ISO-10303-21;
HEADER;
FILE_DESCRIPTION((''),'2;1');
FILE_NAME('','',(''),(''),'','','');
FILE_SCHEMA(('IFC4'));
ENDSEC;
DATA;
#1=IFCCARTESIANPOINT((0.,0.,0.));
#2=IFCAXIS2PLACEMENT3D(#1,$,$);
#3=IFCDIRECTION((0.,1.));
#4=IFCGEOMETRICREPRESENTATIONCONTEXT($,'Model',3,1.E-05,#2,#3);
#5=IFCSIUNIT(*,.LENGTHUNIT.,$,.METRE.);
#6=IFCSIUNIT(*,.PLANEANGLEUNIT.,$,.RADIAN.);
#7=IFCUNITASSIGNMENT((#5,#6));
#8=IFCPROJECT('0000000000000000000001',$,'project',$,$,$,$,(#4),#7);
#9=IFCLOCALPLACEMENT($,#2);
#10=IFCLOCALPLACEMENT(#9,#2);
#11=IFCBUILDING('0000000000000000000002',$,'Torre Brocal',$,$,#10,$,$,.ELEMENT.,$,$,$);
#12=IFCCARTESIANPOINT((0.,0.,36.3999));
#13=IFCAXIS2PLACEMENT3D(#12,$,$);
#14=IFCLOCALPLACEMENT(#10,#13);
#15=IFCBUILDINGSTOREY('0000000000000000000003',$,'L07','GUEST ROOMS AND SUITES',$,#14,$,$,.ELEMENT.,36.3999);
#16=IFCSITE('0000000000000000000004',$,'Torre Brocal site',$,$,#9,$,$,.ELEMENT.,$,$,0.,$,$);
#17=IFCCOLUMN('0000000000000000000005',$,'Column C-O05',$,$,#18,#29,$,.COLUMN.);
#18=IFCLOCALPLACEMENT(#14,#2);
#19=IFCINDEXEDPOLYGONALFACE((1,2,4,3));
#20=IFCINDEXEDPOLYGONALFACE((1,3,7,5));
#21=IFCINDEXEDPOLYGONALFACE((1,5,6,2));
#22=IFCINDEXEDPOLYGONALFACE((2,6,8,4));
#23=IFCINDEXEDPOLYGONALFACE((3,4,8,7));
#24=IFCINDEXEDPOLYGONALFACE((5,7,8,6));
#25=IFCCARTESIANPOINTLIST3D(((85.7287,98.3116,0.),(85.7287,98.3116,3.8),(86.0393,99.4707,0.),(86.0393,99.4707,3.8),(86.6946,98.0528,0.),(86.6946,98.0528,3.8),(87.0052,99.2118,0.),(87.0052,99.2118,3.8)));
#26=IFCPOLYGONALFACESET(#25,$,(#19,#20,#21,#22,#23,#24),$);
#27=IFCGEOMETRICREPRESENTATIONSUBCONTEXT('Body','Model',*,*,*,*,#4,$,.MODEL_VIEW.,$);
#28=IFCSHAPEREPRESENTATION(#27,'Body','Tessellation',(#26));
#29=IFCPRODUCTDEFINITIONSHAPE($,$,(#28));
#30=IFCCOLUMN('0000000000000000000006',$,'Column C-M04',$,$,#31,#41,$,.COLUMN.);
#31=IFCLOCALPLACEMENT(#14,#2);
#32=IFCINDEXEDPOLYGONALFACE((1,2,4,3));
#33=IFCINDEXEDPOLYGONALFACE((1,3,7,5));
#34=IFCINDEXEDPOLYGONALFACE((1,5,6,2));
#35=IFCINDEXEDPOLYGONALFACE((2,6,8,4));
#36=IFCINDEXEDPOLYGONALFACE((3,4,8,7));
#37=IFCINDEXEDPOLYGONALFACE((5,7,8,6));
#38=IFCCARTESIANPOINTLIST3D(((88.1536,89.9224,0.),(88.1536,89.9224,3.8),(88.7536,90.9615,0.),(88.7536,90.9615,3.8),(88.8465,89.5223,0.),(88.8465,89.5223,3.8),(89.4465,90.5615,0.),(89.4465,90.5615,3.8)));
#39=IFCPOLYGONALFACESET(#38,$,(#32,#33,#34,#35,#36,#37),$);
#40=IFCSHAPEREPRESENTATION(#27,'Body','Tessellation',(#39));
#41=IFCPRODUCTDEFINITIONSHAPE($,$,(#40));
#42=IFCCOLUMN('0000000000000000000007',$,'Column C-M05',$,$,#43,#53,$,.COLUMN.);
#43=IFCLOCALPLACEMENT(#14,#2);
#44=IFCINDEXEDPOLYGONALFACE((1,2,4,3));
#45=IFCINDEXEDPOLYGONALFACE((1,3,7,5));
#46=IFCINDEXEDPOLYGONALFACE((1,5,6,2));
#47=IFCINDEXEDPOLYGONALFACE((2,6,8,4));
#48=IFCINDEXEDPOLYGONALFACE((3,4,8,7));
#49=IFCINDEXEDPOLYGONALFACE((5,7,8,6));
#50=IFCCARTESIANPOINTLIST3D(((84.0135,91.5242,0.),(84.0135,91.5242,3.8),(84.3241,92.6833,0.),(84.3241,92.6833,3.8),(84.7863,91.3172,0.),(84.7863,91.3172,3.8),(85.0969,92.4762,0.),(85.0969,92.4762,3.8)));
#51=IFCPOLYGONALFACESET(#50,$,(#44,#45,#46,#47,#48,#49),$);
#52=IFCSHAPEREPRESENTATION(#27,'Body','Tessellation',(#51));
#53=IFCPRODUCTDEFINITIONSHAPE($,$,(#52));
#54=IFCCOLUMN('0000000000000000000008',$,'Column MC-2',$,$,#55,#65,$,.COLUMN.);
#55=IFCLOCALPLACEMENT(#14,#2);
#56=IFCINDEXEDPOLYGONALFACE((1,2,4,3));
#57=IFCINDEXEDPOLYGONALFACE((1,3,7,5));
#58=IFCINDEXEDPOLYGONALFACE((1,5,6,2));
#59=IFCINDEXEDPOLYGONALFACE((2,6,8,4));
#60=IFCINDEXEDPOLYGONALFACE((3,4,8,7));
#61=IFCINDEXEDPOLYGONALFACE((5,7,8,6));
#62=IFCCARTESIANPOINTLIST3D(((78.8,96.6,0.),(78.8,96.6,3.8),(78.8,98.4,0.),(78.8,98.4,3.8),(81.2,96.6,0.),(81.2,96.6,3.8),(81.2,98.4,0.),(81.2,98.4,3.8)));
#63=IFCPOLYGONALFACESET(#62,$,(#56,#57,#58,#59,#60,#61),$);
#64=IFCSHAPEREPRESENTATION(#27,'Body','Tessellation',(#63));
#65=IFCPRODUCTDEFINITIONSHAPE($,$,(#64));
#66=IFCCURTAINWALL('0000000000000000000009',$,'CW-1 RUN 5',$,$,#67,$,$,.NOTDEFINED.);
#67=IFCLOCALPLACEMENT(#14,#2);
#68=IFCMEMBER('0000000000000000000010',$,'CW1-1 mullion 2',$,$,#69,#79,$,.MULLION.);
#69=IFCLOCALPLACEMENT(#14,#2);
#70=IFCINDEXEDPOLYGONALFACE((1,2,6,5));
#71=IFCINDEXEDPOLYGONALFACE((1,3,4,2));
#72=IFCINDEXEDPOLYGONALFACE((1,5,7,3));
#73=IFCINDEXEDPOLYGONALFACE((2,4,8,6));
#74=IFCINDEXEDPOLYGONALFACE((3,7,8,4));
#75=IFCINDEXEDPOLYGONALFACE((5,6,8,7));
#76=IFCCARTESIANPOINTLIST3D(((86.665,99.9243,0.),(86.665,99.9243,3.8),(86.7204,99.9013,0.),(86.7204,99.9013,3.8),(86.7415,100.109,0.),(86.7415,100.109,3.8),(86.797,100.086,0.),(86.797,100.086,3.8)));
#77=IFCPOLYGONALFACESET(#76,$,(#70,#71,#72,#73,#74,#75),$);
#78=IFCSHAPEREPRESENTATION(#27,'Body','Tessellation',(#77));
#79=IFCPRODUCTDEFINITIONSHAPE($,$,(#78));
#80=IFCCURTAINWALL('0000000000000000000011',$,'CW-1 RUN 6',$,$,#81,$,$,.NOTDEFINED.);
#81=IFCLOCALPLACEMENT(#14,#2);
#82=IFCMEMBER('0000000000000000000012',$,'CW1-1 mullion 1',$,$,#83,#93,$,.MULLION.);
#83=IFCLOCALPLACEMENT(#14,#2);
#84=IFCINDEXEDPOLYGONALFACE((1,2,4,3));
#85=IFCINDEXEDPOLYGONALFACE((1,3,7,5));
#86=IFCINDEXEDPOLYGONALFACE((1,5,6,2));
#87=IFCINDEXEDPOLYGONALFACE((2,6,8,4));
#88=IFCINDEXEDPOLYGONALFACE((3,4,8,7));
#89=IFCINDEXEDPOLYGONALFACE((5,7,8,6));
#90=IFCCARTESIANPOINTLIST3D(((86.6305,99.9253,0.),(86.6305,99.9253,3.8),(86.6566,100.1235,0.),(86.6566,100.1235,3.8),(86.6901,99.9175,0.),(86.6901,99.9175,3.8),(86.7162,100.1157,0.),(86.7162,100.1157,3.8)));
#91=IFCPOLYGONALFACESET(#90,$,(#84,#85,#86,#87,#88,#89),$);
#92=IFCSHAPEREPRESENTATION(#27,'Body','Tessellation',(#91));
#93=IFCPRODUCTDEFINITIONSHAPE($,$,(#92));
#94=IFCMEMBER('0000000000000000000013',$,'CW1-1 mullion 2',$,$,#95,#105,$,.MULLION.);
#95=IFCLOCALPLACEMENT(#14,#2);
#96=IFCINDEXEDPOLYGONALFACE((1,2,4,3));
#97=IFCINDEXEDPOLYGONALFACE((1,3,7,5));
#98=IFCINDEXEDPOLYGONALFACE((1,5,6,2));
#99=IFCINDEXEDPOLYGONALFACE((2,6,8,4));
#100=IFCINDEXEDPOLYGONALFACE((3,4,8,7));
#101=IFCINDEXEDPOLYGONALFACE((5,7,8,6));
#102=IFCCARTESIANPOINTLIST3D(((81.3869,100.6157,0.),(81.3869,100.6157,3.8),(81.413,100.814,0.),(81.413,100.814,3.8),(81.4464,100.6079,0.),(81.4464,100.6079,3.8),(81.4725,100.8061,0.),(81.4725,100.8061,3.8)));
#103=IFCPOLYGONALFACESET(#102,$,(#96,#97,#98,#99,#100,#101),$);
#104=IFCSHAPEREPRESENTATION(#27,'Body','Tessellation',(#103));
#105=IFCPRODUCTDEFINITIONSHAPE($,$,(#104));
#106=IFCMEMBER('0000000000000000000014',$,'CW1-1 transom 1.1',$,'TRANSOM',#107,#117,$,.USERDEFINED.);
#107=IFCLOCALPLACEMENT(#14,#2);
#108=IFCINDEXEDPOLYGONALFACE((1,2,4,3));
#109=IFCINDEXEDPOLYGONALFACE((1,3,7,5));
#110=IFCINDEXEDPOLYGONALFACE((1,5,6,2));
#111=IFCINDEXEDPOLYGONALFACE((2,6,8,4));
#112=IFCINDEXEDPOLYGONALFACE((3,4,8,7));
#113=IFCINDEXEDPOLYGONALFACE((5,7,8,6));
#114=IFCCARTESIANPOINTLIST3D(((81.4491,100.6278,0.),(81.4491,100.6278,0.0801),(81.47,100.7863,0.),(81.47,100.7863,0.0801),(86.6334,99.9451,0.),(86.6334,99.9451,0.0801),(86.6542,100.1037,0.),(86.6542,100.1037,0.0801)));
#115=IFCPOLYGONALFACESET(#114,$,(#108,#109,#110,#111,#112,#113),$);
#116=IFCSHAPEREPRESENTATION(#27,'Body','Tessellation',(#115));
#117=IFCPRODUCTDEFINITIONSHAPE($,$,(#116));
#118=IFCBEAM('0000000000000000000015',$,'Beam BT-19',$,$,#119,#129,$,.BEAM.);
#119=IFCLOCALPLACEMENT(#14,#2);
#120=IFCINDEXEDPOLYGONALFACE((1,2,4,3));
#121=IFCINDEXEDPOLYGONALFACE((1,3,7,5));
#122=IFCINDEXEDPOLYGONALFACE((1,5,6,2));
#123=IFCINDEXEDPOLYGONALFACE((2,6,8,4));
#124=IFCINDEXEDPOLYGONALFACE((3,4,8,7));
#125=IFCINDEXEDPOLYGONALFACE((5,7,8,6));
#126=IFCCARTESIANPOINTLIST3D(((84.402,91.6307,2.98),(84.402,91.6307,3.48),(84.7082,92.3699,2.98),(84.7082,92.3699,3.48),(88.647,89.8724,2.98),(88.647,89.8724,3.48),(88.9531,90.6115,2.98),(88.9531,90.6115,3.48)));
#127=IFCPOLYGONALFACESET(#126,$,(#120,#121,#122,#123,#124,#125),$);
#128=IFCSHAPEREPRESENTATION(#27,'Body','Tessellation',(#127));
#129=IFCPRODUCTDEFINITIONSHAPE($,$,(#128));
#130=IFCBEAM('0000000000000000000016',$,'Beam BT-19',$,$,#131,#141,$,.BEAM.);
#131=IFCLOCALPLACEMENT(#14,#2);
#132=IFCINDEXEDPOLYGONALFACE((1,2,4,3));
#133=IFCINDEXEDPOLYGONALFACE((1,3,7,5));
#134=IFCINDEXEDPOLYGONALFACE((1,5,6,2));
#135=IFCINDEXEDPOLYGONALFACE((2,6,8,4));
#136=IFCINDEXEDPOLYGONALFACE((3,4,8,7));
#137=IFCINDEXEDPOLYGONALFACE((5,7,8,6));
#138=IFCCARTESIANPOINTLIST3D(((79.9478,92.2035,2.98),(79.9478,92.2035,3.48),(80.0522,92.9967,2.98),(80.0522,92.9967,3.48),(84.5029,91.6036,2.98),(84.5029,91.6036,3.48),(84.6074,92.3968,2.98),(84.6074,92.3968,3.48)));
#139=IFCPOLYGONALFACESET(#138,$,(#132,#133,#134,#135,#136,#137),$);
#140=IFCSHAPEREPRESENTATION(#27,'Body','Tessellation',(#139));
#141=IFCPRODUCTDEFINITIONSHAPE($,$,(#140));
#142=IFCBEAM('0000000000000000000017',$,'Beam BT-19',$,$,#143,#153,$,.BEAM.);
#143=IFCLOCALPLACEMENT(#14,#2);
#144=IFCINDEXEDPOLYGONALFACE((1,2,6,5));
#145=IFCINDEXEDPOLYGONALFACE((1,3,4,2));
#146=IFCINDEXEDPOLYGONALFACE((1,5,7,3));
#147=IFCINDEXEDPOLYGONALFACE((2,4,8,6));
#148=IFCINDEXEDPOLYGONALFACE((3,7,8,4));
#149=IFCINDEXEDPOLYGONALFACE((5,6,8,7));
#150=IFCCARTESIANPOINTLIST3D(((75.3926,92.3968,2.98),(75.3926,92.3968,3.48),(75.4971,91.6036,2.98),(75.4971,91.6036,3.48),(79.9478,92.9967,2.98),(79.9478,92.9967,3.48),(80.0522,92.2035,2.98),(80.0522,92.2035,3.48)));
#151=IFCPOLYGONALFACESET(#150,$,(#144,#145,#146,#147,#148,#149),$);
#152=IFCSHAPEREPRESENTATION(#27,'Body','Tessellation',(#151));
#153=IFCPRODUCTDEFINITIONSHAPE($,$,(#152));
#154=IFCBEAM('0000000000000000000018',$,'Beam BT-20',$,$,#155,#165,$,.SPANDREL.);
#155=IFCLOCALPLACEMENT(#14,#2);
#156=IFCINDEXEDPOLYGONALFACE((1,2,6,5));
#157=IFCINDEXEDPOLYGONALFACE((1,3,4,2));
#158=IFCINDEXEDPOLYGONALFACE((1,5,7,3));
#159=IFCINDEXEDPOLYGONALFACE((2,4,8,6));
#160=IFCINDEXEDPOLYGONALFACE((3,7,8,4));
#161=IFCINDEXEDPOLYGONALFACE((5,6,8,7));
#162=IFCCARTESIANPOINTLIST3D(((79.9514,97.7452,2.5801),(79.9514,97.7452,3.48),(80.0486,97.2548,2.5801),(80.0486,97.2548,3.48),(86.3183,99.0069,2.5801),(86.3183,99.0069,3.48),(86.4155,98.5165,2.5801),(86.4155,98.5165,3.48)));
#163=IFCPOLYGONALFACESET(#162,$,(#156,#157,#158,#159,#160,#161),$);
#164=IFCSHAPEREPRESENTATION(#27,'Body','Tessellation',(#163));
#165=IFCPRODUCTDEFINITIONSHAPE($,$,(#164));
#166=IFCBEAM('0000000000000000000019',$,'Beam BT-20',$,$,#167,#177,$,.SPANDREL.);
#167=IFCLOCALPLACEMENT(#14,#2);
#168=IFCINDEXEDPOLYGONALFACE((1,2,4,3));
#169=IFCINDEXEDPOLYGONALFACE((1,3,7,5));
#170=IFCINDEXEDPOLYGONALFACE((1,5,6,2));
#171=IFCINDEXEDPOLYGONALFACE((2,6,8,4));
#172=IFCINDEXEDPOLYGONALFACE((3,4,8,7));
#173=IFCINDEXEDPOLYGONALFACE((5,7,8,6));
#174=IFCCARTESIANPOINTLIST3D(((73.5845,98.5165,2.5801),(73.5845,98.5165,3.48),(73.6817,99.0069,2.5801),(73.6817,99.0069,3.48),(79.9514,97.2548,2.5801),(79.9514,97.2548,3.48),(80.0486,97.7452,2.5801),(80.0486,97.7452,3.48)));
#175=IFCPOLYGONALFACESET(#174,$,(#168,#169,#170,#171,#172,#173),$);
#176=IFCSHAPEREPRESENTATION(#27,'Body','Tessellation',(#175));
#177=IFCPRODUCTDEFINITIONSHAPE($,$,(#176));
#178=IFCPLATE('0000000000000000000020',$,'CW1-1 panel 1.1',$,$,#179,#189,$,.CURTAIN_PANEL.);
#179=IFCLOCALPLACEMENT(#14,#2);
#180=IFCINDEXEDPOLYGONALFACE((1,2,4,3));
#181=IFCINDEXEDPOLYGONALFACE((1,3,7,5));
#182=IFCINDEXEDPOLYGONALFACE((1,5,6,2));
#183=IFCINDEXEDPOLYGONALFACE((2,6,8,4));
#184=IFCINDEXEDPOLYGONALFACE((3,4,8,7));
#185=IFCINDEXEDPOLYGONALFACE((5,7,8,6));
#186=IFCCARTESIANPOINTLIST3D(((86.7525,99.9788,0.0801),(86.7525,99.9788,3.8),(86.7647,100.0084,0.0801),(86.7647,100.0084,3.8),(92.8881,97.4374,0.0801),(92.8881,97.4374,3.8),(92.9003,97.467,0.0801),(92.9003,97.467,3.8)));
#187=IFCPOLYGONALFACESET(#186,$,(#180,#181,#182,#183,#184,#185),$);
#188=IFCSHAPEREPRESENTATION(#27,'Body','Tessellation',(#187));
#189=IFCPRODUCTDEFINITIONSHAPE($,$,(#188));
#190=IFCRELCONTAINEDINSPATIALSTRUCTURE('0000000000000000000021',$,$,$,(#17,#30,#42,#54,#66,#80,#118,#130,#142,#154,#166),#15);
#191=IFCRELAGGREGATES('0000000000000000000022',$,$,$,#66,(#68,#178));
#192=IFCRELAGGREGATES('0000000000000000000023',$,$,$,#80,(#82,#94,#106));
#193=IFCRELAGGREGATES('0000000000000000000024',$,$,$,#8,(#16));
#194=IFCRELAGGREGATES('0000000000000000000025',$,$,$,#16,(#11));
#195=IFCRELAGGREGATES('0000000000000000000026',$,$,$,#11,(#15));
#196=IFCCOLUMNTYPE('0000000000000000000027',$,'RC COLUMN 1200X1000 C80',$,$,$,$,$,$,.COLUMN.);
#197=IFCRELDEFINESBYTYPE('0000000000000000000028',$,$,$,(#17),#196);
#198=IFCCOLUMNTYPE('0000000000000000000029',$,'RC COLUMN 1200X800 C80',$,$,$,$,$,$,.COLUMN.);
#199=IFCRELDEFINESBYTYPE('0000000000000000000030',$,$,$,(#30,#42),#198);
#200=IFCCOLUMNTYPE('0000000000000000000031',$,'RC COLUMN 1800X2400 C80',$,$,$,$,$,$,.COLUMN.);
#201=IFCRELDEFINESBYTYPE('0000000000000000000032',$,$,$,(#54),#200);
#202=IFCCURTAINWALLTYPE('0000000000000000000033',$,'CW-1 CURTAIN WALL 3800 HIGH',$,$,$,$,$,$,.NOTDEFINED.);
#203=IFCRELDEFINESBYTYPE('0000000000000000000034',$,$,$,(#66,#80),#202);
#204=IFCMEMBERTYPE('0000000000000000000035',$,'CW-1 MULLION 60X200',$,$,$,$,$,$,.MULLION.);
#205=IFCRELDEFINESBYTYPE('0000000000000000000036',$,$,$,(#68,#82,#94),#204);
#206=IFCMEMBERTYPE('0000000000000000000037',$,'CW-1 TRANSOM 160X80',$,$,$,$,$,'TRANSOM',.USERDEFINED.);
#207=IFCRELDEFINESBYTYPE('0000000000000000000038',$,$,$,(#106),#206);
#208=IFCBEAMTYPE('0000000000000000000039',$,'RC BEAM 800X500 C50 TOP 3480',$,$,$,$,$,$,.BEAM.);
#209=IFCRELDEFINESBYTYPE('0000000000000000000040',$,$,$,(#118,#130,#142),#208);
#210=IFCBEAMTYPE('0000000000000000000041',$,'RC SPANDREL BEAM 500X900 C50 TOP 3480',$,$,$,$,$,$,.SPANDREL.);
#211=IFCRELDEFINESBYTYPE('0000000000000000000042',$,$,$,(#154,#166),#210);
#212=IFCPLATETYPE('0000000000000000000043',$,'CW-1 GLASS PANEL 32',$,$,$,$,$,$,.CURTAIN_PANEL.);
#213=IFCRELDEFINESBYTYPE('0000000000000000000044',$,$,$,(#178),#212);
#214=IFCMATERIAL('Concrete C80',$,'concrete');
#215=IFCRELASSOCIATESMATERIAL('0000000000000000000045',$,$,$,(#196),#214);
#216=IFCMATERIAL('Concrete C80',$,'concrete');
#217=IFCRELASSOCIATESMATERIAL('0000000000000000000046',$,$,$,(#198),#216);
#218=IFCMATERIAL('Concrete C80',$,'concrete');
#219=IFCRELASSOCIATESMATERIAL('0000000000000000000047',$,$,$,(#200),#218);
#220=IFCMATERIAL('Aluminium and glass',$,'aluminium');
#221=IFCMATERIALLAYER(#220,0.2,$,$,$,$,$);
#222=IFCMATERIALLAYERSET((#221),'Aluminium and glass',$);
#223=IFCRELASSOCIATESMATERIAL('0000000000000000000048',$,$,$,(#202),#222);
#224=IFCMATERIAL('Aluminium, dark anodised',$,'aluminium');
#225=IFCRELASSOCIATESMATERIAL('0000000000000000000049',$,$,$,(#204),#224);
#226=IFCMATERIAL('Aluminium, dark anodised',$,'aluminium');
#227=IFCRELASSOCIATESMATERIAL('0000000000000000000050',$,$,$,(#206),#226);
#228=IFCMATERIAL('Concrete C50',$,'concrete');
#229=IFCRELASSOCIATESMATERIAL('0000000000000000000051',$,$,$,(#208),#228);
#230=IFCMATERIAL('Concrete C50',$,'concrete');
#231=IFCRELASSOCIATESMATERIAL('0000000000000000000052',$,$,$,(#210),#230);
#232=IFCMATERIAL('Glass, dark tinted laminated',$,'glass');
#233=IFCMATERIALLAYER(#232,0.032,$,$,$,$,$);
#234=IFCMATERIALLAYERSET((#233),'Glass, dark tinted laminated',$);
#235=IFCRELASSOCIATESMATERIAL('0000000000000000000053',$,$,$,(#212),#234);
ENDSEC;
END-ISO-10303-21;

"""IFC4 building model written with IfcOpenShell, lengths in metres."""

from ifc_helpers import new_model, si_unit, direction, frame, origin, origin_2d, place, context, subcontext, project, spatial, rectangle, extrude, material, layer, layer_set, material_profile, profile_set, type_object, element, aggregate, save


model = new_model("IFC4")

# Units and contexts
model_context = context("Model", 3, precision=1e-05, world=origin(), true_north=direction((0.0, 1.0)))
body_context = subcontext(model_context, "Body", "Model", "MODEL_VIEW")
ifc_project = project(units=[si_unit("LENGTHUNIT", "METRE"), si_unit("PLANEANGLEUNIT", "RADIAN")], contexts=[model_context])

# Site, building, storey
site_placement = place(None, origin())
site = spatial("IfcSite", under=ifc_project, at=site_placement, Name="Torre Brocal site", CompositionType="ELEMENT", RefElevation=0.0)
building_placement = place(site_placement, origin())
building = spatial("IfcBuilding", under=site, at=building_placement, Name="Torre Brocal", CompositionType="ELEMENT")
storey_placement = place(building_placement, frame((0.0, 0.0, 36.3999)))
storey = spatial("IfcBuildingStorey", under=building, at=storey_placement, Name="L07", Description="GUEST ROOMS AND SUITES", CompositionType="ELEMENT", Elevation=36.3999)

# Columns
ifc_material_1 = material(Name="Concrete C80", Category="concrete")
ifc_material_profile_1 = material_profile(ifc_material_1, rectangle(XDim=1.2, YDim=1.0, at=origin_2d()), Name="RC 1200X1000")
ifc_profile_set_1 = profile_set([ifc_material_profile_1], Name="Concrete C80")
column_type_1 = type_object("IfcColumnType", Name="RC COLUMN 1200X1000 C80", PredefinedType="COLUMN", material=ifc_profile_set_1)
column_1_placement = place(storey_placement, frame((86.3669, 98.7617, 0.0), z_axis=(0.0, 0.0, 1.0), x_axis=(0.258819, 0.965926, 0.0)))
element("IfcColumn", 1, at=column_1_placement, inside=storey, type_object=column_type_1, Name="Column C-O05", PredefinedType="COLUMN", context=body_context, shape_type="SweptSolid", body=[
    extrude(rectangle(XDim=1.2, YDim=1.0, at=origin_2d()), origin(), (0.0, 0.0, 1.0), 3.8),
])
ifc_material_2 = material(Name="Concrete C80", Category="concrete")
ifc_material_profile_2 = material_profile(ifc_material_2, rectangle(XDim=1.2, YDim=0.8, at=origin_2d()), Name="RC 1200X800")
ifc_profile_set_2 = profile_set([ifc_material_profile_2], Name="Concrete C80")
column_type_2 = type_object("IfcColumnType", Name="RC COLUMN 1200X800 C80", PredefinedType="COLUMN", material=ifc_profile_set_2)
for number, where, z_axis, x_axis, name in (
    (2, (88.8, 90.2419, 0.0), (0.0, 0.0, 1.0), (0.5, 0.866025, 0.0), "Column C-M04"),
    (3, (84.5552, 92.0002, 0.0), (0.0, 0.0, 1.0), (0.258819, 0.965926, 0.0), "Column C-M05"),
):
    element("IfcColumn", number, at=place(storey_placement, frame(where, z_axis=z_axis, x_axis=x_axis)), inside=storey, type_object=column_type_2, Name=name, PredefinedType="COLUMN", context=body_context, shape_type="SweptSolid", body=[
        extrude(rectangle(XDim=1.2, YDim=0.8, at=origin_2d()), origin(), (0.0, 0.0, 1.0), 3.8),
    ])
ifc_material_3 = material(Name="Concrete C80", Category="concrete")
ifc_material_profile_3 = material_profile(ifc_material_3, rectangle(XDim=1.8, YDim=2.3999, at=origin_2d()), Name="RC 1800X2400")
ifc_profile_set_3 = profile_set([ifc_material_profile_3], Name="Concrete C80")
column_type_3 = type_object("IfcColumnType", Name="RC COLUMN 1800X2400 C80", PredefinedType="COLUMN", material=ifc_profile_set_3)
column_2_placement = place(storey_placement, frame((80.0, 97.5, 0.0), z_axis=(0.0, 0.0, 1.0), x_axis=(0.0, 1.0, 0.0)))
element("IfcColumn", 4, at=column_2_placement, inside=storey, type_object=column_type_3, Name="Column MC-2", PredefinedType="COLUMN", context=body_context, shape_type="SweptSolid", body=[
    extrude(rectangle(XDim=1.8, YDim=2.3999, at=origin_2d()), origin(), (0.0, 0.0, 1.0), 3.8),
])

# Curtain wall, member
ifc_material_4 = material(Name="Aluminium and glass", Category="aluminium")
ifc_layer_1 = layer(ifc_material_4, 0.2)
ifc_layer_set_1 = layer_set([ifc_layer_1], Name="Aluminium and glass")
curtain_wall_type = type_object("IfcCurtainWallType", Name="CW-1 CURTAIN WALL 3800 HIGH", PredefinedType="NOTDEFINED", material=ifc_layer_set_1)
curtain_wall_1_placement = place(storey_placement, origin())
curtain_wall_1 = element("IfcCurtainWall", 5, at=curtain_wall_1_placement, inside=storey, type_object=curtain_wall_type, Name="CW-1 RUN 5", PredefinedType="NOTDEFINED")
ifc_material_5 = material(Name="Aluminium, dark anodised", Category="aluminium")
ifc_material_profile_4 = material_profile(ifc_material_5, rectangle(XDim=0.2, YDim=0.0601, at=origin_2d()), Name="CW-1 MULLION 60X200")
ifc_profile_set_4 = profile_set([ifc_material_profile_4], Name="Aluminium, dark anodised")
member_type_1 = type_object("IfcMemberType", Name="CW-1 MULLION 60X200", PredefinedType="MULLION", material=ifc_profile_set_4)
member_1_placement = place(storey_placement, frame((86.731, 100.0051, 0.0), z_axis=(0.0, 0.0, 1.0), x_axis=(-0.382683, -0.92388, 0.0)))
member_1 = element("IfcMember", 6, at=member_1_placement, type_object=member_type_1, Name="CW1-1 mullion 2", PredefinedType="MULLION", context=body_context, shape_type="SweptSolid", body=[
    extrude(rectangle(XDim=0.2, YDim=0.0601, at=origin_2d()), origin(), (0.0, 0.0, 1.0), 3.8),
])

# Curtain wall, members
curtain_wall_2_placement = place(storey_placement, origin())
curtain_wall_2 = element("IfcCurtainWall", 7, at=curtain_wall_2_placement, inside=storey, type_object=curtain_wall_type, Name="CW-1 RUN 6", PredefinedType="NOTDEFINED")
member_2_placement = place(storey_placement, frame((86.6733, 100.0205, 0.0), z_axis=(0.0, 0.0, 1.0), x_axis=(-0.130526, -0.991445, 0.0)))
member_2 = element("IfcMember", 8, at=member_2_placement, type_object=member_type_1, Name="CW1-1 mullion 1", PredefinedType="MULLION", context=body_context, shape_type="SweptSolid", body=[
    extrude(rectangle(XDim=0.2, YDim=0.0601, at=origin_2d()), origin(), (0.0, 0.0, 1.0), 3.8),
])
member_3_placement = place(storey_placement, frame((81.4297, 100.7109, 0.0), z_axis=(0.0, 0.0, 1.0), x_axis=(-0.130526, -0.991445, 0.0)))
member_3 = element("IfcMember", 9, at=member_3_placement, type_object=member_type_1, Name="CW1-1 mullion 2", PredefinedType="MULLION", context=body_context, shape_type="SweptSolid", body=[
    extrude(rectangle(XDim=0.2, YDim=0.0601, at=origin_2d()), origin(), (0.0, 0.0, 1.0), 3.8),
])
ifc_material_6 = material(Name="Aluminium, dark anodised", Category="aluminium")
ifc_material_profile_5 = material_profile(ifc_material_6, rectangle(XDim=0.1599, YDim=0.0801, at=origin_2d()), Name="CW-1 TRANSOM 160X80")
ifc_profile_set_5 = profile_set([ifc_material_profile_5], Name="Aluminium, dark anodised")
member_type_2 = type_object("IfcMemberType", Name="CW-1 TRANSOM 160X80", ElementType="TRANSOM", PredefinedType="USERDEFINED", material=ifc_profile_set_5)
member_4_placement = place(storey_placement, frame((86.6438, 100.0244, 0.04), z_axis=(-0.991443, 0.130543, 0.0), x_axis=(-0.130543, -0.991443, 0.0)))
member_4 = element("IfcMember", 10, at=member_4_placement, type_object=member_type_2, Name="CW1-1 transom 1.1", ObjectType="TRANSOM", PredefinedType="USERDEFINED", context=body_context, shape_type="SweptSolid", body=[
    extrude(rectangle(XDim=0.1599, YDim=0.0801, at=origin_2d()), origin(), (0.0, 0.0, 1.0), 5.229),
])

# Beams
ifc_material_7 = material(Name="Concrete C50", Category="concrete")
ifc_material_profile_6 = material_profile(ifc_material_7, rectangle(XDim=0.8, YDim=0.5, at=origin_2d()), Name="RC 800X500")
ifc_profile_set_6 = profile_set([ifc_material_profile_6], Name="Concrete C50")
beam_type_1 = type_object("IfcBeamType", Name="RC BEAM 800X500 C50 TOP 3480", PredefinedType="BEAM", material=ifc_profile_set_6)
beam_placement = place(storey_placement, frame((88.8, 90.2419, 3.23), z_axis=(-0.923878, 0.382687, 0.0), x_axis=(-0.382687, -0.923878, 0.0)))
element("IfcBeam", 11, at=beam_placement, inside=storey, type_object=beam_type_1, Name="Beam BT-19", PredefinedType="BEAM", context=body_context, shape_type="SweptSolid", body=[
    extrude(rectangle(XDim=0.8, YDim=0.5, at=origin_2d()), origin(), (0.0, 0.0, 1.0), 4.5947),
])
for number, where, z_axis, x_axis, name in (
    (12, (84.5552, 92.0002, 3.23), (-0.991441, 0.130559, 0.0), (-0.130559, -0.991441, 0.0), "Beam BT-19"),
    (13, (80.0, 92.6001, 3.23), (-0.991441, -0.130559, 0.0), (0.130559, -0.991441, 0.0), "Beam BT-19"),
):
    element("IfcBeam", number, at=place(storey_placement, frame(where, z_axis=z_axis, x_axis=x_axis)), inside=storey, type_object=beam_type_1, Name=name, PredefinedType="BEAM", context=body_context, shape_type="SweptSolid", body=[
        extrude(rectangle(XDim=0.8, YDim=0.5, at=origin_2d()), origin(), (0.0, 0.0, 1.0), 4.5945),
    ])
ifc_material_8 = material(Name="Concrete C50", Category="concrete")
ifc_material_profile_7 = material_profile(ifc_material_8, rectangle(XDim=0.5, YDim=0.8999, at=origin_2d()), Name="RC 500X900")
ifc_profile_set_7 = profile_set([ifc_material_profile_7], Name="Concrete C50")
beam_type_2 = type_object("IfcBeamType", Name="RC SPANDREL BEAM 500X900 C50 TOP 3480", PredefinedType="SPANDREL", material=ifc_profile_set_7)
for number, where, z_axis, x_axis, name in (
    (14, (86.3669, 98.7617, 3.03), (-0.980925, -0.194387, 0.0), (0.194387, -0.980925, 0.0), "Beam BT-20"),
    (15, (80.0, 97.5, 3.03), (-0.980925, 0.194387, 0.0), (-0.194387, -0.980925, 0.0), "Beam BT-20"),
):
    element("IfcBeam", number, at=place(storey_placement, frame(where, z_axis=z_axis, x_axis=x_axis)), inside=storey, type_object=beam_type_2, Name=name, PredefinedType="SPANDREL", context=body_context, shape_type="SweptSolid", body=[
        extrude(rectangle(XDim=0.5, YDim=0.8999, at=origin_2d()), origin(), (0.0, 0.0, 1.0), 6.4907),
    ])

# Plate
ifc_material_9 = material(Name="Glass, dark tinted laminated", Category="glass")
ifc_layer_2 = layer(ifc_material_9, 0.032)
ifc_layer_set_2 = layer_set([ifc_layer_2], Name="Glass, dark tinted laminated")
plate_type = type_object("IfcPlateType", Name="CW-1 GLASS PANEL 32", PredefinedType="CURTAIN_PANEL", material=ifc_layer_set_2)
plate_1_placement = place(storey_placement, frame((89.8264, 98.7229, 0.0801), z_axis=(0.0, 0.0, 1.0), x_axis=(-0.92388, 0.382683, 0.0)))
plate_1 = element("IfcPlate", 16, at=plate_1_placement, type_object=plate_type, Name="CW1-1 panel 1.1", PredefinedType="CURTAIN_PANEL", context=body_context, shape_type="SweptSolid", body=[
    extrude(rectangle(XDim=6.6411, YDim=0.032, at=origin_2d()), origin(), (0.0, 0.0, 1.0), 3.72),
])
aggregate(curtain_wall_1, [member_1, plate_1])
aggregate(curtain_wall_2, [member_2, member_3, member_4])

save(model, "model.ifc")
